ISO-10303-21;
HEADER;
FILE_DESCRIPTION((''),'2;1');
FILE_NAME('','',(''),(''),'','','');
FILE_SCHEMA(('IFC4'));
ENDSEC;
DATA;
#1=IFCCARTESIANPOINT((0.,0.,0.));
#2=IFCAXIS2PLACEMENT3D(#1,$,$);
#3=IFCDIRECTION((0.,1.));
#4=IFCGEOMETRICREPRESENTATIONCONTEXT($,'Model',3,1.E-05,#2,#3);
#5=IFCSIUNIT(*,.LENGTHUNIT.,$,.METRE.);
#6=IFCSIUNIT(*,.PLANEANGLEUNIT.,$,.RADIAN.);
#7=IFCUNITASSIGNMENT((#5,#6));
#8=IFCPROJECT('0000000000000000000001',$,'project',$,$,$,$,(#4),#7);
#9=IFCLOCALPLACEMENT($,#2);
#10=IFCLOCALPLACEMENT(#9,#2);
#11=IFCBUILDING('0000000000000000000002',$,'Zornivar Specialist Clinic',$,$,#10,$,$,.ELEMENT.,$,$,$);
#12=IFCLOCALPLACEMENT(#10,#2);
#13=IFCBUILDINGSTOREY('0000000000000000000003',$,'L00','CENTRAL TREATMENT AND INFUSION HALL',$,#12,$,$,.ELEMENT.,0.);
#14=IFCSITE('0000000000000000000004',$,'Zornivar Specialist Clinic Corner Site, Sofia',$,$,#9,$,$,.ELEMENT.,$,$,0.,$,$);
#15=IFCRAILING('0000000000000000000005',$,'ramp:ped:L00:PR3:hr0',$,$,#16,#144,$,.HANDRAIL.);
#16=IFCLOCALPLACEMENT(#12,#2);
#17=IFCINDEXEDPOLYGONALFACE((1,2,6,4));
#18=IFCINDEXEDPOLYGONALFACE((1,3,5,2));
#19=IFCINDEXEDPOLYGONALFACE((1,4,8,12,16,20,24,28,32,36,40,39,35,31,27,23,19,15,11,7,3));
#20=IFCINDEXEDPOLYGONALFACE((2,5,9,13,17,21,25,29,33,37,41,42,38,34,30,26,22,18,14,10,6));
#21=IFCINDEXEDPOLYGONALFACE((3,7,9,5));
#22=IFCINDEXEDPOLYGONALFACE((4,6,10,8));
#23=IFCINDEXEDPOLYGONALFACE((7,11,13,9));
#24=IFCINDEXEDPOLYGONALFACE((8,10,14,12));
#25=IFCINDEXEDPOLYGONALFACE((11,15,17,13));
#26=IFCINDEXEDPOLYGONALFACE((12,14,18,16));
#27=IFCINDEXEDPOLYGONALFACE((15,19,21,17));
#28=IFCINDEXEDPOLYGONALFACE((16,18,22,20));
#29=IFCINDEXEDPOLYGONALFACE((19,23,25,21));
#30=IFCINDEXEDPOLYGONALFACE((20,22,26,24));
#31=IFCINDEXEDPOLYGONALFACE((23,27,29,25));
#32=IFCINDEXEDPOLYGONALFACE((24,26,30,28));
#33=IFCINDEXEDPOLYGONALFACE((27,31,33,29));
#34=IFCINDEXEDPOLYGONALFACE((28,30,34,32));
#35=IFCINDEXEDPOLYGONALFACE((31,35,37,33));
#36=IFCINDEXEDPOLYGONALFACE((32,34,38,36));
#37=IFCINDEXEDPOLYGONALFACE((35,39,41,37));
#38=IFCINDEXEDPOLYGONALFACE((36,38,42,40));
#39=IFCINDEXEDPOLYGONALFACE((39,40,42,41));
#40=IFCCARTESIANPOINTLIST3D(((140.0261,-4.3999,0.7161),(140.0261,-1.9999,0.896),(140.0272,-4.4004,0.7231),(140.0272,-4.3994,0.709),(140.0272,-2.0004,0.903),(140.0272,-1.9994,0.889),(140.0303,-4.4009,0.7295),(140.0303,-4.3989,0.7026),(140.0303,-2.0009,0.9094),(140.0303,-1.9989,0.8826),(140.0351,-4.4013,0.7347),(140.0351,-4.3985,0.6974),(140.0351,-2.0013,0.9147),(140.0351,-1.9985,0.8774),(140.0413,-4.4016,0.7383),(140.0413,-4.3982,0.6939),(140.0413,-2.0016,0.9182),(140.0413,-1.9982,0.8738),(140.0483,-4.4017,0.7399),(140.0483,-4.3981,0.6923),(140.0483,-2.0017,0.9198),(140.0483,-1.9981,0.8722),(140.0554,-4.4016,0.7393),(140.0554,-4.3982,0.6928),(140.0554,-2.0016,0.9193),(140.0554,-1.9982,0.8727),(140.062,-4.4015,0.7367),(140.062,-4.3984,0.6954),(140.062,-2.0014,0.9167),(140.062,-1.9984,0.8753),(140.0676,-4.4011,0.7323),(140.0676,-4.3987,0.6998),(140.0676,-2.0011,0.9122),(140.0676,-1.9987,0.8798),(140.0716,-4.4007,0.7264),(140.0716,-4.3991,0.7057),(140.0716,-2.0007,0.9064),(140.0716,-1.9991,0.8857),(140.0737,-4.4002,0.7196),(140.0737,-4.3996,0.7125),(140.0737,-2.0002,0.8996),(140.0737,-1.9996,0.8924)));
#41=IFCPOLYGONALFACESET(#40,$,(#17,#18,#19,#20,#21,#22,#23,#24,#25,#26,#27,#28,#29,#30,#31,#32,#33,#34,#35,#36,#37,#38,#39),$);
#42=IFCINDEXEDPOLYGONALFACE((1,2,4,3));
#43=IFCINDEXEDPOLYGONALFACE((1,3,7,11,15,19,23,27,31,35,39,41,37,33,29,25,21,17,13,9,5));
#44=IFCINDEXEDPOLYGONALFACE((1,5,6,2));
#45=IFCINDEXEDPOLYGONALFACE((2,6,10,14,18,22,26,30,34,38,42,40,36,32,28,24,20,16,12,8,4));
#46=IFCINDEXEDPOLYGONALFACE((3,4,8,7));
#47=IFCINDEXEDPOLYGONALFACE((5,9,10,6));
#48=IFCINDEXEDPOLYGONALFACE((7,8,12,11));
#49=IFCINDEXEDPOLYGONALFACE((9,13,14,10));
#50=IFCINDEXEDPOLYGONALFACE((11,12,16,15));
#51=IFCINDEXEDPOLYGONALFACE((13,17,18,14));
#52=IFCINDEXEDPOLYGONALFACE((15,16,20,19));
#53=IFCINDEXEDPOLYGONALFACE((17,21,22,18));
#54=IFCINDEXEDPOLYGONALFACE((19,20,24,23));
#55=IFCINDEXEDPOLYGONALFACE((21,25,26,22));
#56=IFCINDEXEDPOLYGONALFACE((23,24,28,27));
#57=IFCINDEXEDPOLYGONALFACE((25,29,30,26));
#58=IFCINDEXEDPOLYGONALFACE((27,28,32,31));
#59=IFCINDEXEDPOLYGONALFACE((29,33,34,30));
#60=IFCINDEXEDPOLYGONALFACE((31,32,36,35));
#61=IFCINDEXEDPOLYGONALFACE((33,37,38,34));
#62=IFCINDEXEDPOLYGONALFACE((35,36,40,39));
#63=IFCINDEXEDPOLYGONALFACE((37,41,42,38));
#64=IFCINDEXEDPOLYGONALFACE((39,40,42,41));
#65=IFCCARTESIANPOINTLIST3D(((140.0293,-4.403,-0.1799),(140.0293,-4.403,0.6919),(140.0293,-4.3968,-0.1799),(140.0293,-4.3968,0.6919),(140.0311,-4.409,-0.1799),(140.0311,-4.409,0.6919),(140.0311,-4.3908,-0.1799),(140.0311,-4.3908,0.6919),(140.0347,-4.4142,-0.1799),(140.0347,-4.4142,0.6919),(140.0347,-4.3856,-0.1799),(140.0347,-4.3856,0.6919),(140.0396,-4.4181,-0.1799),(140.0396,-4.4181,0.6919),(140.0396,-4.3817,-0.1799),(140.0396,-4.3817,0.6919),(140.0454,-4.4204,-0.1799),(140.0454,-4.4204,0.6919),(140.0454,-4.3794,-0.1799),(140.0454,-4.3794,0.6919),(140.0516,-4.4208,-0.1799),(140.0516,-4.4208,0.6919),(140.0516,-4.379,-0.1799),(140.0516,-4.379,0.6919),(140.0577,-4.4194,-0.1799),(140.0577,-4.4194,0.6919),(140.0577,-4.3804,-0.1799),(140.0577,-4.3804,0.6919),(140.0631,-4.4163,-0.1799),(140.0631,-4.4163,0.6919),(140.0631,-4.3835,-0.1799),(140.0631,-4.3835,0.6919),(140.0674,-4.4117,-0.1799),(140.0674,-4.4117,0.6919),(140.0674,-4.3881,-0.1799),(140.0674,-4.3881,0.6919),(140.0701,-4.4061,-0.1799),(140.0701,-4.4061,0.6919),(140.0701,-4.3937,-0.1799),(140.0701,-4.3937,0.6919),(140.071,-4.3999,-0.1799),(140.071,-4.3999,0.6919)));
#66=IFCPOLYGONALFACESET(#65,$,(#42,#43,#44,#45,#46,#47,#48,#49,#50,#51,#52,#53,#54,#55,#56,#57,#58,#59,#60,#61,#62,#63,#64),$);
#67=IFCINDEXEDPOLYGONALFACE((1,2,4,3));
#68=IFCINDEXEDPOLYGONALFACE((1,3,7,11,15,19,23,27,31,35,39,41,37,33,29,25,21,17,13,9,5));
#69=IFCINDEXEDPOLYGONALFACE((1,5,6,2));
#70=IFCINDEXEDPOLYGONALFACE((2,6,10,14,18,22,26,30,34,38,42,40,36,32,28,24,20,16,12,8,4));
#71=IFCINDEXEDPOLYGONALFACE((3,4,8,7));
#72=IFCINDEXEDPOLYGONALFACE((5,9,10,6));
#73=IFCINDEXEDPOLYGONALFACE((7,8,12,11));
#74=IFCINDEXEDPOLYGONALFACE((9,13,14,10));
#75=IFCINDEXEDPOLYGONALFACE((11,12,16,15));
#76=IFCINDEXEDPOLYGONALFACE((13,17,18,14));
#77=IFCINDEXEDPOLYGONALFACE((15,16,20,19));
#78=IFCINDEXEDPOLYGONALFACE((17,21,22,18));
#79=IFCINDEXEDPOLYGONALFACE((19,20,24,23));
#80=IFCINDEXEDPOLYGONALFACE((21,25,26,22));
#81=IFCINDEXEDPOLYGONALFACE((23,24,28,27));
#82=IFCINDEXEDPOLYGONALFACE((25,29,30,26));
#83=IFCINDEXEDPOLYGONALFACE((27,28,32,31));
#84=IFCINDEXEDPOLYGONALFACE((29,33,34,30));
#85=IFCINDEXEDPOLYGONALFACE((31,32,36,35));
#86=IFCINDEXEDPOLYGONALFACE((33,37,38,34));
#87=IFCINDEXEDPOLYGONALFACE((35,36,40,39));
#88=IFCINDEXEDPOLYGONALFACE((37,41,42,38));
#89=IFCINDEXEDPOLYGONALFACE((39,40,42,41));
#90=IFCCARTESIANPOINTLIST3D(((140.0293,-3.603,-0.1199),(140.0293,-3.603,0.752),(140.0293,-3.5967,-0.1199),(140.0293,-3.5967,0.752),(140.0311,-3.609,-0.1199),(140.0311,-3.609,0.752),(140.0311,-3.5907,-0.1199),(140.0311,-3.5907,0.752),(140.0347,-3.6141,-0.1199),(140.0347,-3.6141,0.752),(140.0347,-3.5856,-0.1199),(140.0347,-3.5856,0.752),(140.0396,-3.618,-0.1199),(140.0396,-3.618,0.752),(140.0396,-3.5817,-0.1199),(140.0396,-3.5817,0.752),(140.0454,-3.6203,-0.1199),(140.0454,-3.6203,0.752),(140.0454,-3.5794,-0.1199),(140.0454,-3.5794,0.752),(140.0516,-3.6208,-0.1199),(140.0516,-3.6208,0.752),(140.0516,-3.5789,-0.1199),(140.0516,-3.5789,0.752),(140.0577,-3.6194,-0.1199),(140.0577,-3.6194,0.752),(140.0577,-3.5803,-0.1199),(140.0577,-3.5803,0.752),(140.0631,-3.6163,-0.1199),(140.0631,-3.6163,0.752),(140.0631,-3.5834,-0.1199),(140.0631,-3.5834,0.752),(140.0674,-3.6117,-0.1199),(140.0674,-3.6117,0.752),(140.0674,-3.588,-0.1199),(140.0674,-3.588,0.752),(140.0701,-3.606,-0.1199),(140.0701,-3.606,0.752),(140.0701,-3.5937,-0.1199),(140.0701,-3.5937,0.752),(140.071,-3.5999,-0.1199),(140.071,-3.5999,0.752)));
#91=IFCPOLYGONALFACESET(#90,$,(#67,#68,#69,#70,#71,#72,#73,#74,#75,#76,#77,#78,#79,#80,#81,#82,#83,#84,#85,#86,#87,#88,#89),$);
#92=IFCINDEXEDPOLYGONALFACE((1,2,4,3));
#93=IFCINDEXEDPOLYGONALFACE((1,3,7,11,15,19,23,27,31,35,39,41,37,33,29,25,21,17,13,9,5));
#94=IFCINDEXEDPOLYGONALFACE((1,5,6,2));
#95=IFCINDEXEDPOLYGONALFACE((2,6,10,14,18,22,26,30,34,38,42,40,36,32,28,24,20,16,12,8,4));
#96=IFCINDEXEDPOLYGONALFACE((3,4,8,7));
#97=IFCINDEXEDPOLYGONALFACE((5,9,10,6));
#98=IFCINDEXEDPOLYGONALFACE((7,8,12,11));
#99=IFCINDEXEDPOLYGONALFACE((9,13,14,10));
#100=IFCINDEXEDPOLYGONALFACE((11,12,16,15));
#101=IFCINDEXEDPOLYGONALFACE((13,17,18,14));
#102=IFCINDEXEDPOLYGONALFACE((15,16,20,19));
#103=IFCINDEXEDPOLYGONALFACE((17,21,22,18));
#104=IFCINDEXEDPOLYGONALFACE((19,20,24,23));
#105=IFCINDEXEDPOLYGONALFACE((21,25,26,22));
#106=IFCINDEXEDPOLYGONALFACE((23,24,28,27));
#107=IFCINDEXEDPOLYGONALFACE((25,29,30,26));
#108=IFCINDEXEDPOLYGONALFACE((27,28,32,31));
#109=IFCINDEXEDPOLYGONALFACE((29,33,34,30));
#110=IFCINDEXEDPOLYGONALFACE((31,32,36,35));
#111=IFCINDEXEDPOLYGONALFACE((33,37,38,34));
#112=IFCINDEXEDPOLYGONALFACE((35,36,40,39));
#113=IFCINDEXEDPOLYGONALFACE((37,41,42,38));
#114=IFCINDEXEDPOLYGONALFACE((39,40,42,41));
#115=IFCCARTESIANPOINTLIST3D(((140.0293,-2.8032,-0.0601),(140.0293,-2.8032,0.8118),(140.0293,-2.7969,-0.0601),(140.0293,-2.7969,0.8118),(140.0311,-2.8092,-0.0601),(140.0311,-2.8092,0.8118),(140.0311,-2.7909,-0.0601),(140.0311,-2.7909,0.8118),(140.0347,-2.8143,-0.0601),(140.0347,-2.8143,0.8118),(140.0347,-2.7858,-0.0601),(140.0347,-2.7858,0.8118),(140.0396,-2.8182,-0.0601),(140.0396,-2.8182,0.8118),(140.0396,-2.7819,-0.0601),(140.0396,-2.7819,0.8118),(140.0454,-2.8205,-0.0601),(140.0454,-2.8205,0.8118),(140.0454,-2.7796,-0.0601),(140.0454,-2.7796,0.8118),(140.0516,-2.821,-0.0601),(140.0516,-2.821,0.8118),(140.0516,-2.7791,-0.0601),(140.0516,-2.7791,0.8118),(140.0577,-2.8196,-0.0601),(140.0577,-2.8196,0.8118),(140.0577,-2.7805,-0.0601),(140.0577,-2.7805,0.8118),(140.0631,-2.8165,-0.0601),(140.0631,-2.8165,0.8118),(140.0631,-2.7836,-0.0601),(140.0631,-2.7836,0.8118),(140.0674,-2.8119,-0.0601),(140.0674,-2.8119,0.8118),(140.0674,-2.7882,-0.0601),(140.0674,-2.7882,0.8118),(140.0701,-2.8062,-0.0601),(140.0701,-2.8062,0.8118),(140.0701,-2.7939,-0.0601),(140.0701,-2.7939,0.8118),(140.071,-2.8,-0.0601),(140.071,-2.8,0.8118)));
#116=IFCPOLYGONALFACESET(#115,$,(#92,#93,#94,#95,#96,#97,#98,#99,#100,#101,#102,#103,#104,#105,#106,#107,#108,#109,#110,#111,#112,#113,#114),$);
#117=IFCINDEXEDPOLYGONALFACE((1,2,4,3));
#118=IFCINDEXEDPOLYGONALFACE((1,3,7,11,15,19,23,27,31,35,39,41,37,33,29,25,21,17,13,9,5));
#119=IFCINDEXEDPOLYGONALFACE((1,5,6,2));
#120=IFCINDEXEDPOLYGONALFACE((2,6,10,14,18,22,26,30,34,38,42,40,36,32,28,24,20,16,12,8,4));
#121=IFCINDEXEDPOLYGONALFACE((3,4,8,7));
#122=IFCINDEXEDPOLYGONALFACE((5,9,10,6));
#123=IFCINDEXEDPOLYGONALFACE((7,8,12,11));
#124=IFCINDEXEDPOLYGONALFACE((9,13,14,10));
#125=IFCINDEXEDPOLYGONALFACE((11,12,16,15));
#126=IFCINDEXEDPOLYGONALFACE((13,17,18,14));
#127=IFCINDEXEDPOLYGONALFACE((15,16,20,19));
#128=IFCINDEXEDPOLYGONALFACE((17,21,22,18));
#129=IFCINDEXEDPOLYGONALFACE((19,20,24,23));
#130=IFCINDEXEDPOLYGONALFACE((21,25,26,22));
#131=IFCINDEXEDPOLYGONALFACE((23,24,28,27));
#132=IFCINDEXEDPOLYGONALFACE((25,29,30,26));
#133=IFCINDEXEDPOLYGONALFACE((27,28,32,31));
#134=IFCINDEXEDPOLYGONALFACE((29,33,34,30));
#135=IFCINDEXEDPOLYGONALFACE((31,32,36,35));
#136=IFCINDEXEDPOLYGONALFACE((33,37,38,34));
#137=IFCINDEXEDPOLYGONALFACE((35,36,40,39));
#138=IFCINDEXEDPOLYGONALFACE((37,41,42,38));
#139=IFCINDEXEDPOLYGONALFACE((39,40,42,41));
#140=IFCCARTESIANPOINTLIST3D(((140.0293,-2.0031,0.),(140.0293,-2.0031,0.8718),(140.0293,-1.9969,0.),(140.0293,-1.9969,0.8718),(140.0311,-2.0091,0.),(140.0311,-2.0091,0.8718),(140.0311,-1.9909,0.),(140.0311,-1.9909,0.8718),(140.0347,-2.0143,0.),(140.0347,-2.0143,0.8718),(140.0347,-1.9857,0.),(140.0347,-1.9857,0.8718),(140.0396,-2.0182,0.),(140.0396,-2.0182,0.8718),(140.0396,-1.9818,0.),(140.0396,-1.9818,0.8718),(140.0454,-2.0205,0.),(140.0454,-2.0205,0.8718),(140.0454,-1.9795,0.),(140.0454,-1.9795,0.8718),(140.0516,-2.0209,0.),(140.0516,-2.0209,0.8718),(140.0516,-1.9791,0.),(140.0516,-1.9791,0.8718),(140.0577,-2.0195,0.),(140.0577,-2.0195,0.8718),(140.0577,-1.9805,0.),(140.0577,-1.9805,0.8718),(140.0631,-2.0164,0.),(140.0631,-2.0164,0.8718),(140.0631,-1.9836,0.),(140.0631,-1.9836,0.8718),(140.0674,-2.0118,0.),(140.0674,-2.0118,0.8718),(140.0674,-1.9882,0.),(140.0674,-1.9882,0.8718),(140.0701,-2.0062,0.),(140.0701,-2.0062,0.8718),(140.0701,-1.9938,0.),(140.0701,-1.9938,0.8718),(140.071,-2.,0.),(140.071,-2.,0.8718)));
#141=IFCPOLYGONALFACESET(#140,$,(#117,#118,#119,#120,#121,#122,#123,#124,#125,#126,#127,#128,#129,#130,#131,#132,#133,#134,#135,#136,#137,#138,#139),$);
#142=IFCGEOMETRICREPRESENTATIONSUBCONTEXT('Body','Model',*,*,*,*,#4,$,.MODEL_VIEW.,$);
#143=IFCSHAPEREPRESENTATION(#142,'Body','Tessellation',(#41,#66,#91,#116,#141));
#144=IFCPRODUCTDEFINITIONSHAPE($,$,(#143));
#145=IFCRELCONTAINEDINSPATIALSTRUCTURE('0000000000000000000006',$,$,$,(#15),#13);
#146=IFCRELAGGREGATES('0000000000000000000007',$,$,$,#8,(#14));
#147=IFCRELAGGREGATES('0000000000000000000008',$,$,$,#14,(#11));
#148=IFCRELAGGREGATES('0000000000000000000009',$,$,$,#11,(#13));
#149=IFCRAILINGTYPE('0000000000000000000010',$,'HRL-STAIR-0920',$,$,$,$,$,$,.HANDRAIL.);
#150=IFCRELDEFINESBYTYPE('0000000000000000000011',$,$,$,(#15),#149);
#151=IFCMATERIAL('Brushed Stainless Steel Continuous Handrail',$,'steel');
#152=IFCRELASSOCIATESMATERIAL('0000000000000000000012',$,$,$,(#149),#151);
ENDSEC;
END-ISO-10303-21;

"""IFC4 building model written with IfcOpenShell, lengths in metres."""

from ifc_helpers import new_model, si_unit, direction, frame, origin, origin_2d, place, context, subcontext, project, spatial, circle, extrude, material, type_object, element, save


model = new_model("IFC4")

# Units and contexts
model_context = context("Model", 3, precision=1e-05, world=origin(), true_north=direction((0.0, 1.0)))
body_context = subcontext(model_context, "Body", "Model", "MODEL_VIEW")
ifc_project = project(units=[si_unit("LENGTHUNIT", "METRE"), si_unit("PLANEANGLEUNIT", "RADIAN")], contexts=[model_context])

# Site, building, storey
site_placement = place(None, origin())
site = spatial("IfcSite", under=ifc_project, at=site_placement, Name="Zornivar Specialist Clinic Corner Site, Sofia", CompositionType="ELEMENT", RefElevation=0.0)
building_placement = place(site_placement, origin())
building = spatial("IfcBuilding", under=site, at=building_placement, Name="Zornivar Specialist Clinic", CompositionType="ELEMENT")
storey_placement = place(building_placement, origin())
storey = spatial("IfcBuildingStorey", under=building, at=storey_placement, Name="L00", Description="CENTRAL TREATMENT AND INFUSION HALL", CompositionType="ELEMENT", Elevation=0.0)

# Railing
ifc_material_1 = material(Name="Brushed Stainless Steel Continuous Handrail", Category="steel")
railing_type = type_object("IfcRailingType", Name="HRL-STAIR-0920", PredefinedType="HANDRAIL", material=ifc_material_1)
for number, where, name in (
    (1, (140.05, -4.3999, -0.1799), "ramp:ped:L00:PR3:hr0"),
):
    element("IfcRailing", number, at=place(storey_placement, frame(where)), inside=storey, type_object=railing_type, Name=name, PredefinedType="HANDRAIL", context=body_context, shape_type="SweptSolid", body=[
        extrude(circle(Radius=0.0239, at=origin_2d()), frame((0.0, 0.0, 0.896), z_axis=(0.0, 0.997201, 0.074765), x_axis=(-1.0, 0.0, 0.0)), (0.0, 0.0, 1.0), 2.4067),
        extrude(circle(Radius=0.021, at=origin_2d()), origin(), (0.0, 0.0, 1.0), 0.8718),
        extrude(circle(Radius=0.021, at=origin_2d()), frame((0.0, 0.8, 0.0601)), (0.0, 0.0, 1.0), 0.8718),
        extrude(circle(Radius=0.021, at=origin_2d()), frame((0.0, 1.5999, 0.1199)), (0.0, 0.0, 1.0), 0.8718),
        extrude(circle(Radius=0.021, at=origin_2d()), frame((0.0, 2.3999, 0.1799)), (0.0, 0.0, 1.0), 0.8718),
    ])

save(model, "model.ifc")
